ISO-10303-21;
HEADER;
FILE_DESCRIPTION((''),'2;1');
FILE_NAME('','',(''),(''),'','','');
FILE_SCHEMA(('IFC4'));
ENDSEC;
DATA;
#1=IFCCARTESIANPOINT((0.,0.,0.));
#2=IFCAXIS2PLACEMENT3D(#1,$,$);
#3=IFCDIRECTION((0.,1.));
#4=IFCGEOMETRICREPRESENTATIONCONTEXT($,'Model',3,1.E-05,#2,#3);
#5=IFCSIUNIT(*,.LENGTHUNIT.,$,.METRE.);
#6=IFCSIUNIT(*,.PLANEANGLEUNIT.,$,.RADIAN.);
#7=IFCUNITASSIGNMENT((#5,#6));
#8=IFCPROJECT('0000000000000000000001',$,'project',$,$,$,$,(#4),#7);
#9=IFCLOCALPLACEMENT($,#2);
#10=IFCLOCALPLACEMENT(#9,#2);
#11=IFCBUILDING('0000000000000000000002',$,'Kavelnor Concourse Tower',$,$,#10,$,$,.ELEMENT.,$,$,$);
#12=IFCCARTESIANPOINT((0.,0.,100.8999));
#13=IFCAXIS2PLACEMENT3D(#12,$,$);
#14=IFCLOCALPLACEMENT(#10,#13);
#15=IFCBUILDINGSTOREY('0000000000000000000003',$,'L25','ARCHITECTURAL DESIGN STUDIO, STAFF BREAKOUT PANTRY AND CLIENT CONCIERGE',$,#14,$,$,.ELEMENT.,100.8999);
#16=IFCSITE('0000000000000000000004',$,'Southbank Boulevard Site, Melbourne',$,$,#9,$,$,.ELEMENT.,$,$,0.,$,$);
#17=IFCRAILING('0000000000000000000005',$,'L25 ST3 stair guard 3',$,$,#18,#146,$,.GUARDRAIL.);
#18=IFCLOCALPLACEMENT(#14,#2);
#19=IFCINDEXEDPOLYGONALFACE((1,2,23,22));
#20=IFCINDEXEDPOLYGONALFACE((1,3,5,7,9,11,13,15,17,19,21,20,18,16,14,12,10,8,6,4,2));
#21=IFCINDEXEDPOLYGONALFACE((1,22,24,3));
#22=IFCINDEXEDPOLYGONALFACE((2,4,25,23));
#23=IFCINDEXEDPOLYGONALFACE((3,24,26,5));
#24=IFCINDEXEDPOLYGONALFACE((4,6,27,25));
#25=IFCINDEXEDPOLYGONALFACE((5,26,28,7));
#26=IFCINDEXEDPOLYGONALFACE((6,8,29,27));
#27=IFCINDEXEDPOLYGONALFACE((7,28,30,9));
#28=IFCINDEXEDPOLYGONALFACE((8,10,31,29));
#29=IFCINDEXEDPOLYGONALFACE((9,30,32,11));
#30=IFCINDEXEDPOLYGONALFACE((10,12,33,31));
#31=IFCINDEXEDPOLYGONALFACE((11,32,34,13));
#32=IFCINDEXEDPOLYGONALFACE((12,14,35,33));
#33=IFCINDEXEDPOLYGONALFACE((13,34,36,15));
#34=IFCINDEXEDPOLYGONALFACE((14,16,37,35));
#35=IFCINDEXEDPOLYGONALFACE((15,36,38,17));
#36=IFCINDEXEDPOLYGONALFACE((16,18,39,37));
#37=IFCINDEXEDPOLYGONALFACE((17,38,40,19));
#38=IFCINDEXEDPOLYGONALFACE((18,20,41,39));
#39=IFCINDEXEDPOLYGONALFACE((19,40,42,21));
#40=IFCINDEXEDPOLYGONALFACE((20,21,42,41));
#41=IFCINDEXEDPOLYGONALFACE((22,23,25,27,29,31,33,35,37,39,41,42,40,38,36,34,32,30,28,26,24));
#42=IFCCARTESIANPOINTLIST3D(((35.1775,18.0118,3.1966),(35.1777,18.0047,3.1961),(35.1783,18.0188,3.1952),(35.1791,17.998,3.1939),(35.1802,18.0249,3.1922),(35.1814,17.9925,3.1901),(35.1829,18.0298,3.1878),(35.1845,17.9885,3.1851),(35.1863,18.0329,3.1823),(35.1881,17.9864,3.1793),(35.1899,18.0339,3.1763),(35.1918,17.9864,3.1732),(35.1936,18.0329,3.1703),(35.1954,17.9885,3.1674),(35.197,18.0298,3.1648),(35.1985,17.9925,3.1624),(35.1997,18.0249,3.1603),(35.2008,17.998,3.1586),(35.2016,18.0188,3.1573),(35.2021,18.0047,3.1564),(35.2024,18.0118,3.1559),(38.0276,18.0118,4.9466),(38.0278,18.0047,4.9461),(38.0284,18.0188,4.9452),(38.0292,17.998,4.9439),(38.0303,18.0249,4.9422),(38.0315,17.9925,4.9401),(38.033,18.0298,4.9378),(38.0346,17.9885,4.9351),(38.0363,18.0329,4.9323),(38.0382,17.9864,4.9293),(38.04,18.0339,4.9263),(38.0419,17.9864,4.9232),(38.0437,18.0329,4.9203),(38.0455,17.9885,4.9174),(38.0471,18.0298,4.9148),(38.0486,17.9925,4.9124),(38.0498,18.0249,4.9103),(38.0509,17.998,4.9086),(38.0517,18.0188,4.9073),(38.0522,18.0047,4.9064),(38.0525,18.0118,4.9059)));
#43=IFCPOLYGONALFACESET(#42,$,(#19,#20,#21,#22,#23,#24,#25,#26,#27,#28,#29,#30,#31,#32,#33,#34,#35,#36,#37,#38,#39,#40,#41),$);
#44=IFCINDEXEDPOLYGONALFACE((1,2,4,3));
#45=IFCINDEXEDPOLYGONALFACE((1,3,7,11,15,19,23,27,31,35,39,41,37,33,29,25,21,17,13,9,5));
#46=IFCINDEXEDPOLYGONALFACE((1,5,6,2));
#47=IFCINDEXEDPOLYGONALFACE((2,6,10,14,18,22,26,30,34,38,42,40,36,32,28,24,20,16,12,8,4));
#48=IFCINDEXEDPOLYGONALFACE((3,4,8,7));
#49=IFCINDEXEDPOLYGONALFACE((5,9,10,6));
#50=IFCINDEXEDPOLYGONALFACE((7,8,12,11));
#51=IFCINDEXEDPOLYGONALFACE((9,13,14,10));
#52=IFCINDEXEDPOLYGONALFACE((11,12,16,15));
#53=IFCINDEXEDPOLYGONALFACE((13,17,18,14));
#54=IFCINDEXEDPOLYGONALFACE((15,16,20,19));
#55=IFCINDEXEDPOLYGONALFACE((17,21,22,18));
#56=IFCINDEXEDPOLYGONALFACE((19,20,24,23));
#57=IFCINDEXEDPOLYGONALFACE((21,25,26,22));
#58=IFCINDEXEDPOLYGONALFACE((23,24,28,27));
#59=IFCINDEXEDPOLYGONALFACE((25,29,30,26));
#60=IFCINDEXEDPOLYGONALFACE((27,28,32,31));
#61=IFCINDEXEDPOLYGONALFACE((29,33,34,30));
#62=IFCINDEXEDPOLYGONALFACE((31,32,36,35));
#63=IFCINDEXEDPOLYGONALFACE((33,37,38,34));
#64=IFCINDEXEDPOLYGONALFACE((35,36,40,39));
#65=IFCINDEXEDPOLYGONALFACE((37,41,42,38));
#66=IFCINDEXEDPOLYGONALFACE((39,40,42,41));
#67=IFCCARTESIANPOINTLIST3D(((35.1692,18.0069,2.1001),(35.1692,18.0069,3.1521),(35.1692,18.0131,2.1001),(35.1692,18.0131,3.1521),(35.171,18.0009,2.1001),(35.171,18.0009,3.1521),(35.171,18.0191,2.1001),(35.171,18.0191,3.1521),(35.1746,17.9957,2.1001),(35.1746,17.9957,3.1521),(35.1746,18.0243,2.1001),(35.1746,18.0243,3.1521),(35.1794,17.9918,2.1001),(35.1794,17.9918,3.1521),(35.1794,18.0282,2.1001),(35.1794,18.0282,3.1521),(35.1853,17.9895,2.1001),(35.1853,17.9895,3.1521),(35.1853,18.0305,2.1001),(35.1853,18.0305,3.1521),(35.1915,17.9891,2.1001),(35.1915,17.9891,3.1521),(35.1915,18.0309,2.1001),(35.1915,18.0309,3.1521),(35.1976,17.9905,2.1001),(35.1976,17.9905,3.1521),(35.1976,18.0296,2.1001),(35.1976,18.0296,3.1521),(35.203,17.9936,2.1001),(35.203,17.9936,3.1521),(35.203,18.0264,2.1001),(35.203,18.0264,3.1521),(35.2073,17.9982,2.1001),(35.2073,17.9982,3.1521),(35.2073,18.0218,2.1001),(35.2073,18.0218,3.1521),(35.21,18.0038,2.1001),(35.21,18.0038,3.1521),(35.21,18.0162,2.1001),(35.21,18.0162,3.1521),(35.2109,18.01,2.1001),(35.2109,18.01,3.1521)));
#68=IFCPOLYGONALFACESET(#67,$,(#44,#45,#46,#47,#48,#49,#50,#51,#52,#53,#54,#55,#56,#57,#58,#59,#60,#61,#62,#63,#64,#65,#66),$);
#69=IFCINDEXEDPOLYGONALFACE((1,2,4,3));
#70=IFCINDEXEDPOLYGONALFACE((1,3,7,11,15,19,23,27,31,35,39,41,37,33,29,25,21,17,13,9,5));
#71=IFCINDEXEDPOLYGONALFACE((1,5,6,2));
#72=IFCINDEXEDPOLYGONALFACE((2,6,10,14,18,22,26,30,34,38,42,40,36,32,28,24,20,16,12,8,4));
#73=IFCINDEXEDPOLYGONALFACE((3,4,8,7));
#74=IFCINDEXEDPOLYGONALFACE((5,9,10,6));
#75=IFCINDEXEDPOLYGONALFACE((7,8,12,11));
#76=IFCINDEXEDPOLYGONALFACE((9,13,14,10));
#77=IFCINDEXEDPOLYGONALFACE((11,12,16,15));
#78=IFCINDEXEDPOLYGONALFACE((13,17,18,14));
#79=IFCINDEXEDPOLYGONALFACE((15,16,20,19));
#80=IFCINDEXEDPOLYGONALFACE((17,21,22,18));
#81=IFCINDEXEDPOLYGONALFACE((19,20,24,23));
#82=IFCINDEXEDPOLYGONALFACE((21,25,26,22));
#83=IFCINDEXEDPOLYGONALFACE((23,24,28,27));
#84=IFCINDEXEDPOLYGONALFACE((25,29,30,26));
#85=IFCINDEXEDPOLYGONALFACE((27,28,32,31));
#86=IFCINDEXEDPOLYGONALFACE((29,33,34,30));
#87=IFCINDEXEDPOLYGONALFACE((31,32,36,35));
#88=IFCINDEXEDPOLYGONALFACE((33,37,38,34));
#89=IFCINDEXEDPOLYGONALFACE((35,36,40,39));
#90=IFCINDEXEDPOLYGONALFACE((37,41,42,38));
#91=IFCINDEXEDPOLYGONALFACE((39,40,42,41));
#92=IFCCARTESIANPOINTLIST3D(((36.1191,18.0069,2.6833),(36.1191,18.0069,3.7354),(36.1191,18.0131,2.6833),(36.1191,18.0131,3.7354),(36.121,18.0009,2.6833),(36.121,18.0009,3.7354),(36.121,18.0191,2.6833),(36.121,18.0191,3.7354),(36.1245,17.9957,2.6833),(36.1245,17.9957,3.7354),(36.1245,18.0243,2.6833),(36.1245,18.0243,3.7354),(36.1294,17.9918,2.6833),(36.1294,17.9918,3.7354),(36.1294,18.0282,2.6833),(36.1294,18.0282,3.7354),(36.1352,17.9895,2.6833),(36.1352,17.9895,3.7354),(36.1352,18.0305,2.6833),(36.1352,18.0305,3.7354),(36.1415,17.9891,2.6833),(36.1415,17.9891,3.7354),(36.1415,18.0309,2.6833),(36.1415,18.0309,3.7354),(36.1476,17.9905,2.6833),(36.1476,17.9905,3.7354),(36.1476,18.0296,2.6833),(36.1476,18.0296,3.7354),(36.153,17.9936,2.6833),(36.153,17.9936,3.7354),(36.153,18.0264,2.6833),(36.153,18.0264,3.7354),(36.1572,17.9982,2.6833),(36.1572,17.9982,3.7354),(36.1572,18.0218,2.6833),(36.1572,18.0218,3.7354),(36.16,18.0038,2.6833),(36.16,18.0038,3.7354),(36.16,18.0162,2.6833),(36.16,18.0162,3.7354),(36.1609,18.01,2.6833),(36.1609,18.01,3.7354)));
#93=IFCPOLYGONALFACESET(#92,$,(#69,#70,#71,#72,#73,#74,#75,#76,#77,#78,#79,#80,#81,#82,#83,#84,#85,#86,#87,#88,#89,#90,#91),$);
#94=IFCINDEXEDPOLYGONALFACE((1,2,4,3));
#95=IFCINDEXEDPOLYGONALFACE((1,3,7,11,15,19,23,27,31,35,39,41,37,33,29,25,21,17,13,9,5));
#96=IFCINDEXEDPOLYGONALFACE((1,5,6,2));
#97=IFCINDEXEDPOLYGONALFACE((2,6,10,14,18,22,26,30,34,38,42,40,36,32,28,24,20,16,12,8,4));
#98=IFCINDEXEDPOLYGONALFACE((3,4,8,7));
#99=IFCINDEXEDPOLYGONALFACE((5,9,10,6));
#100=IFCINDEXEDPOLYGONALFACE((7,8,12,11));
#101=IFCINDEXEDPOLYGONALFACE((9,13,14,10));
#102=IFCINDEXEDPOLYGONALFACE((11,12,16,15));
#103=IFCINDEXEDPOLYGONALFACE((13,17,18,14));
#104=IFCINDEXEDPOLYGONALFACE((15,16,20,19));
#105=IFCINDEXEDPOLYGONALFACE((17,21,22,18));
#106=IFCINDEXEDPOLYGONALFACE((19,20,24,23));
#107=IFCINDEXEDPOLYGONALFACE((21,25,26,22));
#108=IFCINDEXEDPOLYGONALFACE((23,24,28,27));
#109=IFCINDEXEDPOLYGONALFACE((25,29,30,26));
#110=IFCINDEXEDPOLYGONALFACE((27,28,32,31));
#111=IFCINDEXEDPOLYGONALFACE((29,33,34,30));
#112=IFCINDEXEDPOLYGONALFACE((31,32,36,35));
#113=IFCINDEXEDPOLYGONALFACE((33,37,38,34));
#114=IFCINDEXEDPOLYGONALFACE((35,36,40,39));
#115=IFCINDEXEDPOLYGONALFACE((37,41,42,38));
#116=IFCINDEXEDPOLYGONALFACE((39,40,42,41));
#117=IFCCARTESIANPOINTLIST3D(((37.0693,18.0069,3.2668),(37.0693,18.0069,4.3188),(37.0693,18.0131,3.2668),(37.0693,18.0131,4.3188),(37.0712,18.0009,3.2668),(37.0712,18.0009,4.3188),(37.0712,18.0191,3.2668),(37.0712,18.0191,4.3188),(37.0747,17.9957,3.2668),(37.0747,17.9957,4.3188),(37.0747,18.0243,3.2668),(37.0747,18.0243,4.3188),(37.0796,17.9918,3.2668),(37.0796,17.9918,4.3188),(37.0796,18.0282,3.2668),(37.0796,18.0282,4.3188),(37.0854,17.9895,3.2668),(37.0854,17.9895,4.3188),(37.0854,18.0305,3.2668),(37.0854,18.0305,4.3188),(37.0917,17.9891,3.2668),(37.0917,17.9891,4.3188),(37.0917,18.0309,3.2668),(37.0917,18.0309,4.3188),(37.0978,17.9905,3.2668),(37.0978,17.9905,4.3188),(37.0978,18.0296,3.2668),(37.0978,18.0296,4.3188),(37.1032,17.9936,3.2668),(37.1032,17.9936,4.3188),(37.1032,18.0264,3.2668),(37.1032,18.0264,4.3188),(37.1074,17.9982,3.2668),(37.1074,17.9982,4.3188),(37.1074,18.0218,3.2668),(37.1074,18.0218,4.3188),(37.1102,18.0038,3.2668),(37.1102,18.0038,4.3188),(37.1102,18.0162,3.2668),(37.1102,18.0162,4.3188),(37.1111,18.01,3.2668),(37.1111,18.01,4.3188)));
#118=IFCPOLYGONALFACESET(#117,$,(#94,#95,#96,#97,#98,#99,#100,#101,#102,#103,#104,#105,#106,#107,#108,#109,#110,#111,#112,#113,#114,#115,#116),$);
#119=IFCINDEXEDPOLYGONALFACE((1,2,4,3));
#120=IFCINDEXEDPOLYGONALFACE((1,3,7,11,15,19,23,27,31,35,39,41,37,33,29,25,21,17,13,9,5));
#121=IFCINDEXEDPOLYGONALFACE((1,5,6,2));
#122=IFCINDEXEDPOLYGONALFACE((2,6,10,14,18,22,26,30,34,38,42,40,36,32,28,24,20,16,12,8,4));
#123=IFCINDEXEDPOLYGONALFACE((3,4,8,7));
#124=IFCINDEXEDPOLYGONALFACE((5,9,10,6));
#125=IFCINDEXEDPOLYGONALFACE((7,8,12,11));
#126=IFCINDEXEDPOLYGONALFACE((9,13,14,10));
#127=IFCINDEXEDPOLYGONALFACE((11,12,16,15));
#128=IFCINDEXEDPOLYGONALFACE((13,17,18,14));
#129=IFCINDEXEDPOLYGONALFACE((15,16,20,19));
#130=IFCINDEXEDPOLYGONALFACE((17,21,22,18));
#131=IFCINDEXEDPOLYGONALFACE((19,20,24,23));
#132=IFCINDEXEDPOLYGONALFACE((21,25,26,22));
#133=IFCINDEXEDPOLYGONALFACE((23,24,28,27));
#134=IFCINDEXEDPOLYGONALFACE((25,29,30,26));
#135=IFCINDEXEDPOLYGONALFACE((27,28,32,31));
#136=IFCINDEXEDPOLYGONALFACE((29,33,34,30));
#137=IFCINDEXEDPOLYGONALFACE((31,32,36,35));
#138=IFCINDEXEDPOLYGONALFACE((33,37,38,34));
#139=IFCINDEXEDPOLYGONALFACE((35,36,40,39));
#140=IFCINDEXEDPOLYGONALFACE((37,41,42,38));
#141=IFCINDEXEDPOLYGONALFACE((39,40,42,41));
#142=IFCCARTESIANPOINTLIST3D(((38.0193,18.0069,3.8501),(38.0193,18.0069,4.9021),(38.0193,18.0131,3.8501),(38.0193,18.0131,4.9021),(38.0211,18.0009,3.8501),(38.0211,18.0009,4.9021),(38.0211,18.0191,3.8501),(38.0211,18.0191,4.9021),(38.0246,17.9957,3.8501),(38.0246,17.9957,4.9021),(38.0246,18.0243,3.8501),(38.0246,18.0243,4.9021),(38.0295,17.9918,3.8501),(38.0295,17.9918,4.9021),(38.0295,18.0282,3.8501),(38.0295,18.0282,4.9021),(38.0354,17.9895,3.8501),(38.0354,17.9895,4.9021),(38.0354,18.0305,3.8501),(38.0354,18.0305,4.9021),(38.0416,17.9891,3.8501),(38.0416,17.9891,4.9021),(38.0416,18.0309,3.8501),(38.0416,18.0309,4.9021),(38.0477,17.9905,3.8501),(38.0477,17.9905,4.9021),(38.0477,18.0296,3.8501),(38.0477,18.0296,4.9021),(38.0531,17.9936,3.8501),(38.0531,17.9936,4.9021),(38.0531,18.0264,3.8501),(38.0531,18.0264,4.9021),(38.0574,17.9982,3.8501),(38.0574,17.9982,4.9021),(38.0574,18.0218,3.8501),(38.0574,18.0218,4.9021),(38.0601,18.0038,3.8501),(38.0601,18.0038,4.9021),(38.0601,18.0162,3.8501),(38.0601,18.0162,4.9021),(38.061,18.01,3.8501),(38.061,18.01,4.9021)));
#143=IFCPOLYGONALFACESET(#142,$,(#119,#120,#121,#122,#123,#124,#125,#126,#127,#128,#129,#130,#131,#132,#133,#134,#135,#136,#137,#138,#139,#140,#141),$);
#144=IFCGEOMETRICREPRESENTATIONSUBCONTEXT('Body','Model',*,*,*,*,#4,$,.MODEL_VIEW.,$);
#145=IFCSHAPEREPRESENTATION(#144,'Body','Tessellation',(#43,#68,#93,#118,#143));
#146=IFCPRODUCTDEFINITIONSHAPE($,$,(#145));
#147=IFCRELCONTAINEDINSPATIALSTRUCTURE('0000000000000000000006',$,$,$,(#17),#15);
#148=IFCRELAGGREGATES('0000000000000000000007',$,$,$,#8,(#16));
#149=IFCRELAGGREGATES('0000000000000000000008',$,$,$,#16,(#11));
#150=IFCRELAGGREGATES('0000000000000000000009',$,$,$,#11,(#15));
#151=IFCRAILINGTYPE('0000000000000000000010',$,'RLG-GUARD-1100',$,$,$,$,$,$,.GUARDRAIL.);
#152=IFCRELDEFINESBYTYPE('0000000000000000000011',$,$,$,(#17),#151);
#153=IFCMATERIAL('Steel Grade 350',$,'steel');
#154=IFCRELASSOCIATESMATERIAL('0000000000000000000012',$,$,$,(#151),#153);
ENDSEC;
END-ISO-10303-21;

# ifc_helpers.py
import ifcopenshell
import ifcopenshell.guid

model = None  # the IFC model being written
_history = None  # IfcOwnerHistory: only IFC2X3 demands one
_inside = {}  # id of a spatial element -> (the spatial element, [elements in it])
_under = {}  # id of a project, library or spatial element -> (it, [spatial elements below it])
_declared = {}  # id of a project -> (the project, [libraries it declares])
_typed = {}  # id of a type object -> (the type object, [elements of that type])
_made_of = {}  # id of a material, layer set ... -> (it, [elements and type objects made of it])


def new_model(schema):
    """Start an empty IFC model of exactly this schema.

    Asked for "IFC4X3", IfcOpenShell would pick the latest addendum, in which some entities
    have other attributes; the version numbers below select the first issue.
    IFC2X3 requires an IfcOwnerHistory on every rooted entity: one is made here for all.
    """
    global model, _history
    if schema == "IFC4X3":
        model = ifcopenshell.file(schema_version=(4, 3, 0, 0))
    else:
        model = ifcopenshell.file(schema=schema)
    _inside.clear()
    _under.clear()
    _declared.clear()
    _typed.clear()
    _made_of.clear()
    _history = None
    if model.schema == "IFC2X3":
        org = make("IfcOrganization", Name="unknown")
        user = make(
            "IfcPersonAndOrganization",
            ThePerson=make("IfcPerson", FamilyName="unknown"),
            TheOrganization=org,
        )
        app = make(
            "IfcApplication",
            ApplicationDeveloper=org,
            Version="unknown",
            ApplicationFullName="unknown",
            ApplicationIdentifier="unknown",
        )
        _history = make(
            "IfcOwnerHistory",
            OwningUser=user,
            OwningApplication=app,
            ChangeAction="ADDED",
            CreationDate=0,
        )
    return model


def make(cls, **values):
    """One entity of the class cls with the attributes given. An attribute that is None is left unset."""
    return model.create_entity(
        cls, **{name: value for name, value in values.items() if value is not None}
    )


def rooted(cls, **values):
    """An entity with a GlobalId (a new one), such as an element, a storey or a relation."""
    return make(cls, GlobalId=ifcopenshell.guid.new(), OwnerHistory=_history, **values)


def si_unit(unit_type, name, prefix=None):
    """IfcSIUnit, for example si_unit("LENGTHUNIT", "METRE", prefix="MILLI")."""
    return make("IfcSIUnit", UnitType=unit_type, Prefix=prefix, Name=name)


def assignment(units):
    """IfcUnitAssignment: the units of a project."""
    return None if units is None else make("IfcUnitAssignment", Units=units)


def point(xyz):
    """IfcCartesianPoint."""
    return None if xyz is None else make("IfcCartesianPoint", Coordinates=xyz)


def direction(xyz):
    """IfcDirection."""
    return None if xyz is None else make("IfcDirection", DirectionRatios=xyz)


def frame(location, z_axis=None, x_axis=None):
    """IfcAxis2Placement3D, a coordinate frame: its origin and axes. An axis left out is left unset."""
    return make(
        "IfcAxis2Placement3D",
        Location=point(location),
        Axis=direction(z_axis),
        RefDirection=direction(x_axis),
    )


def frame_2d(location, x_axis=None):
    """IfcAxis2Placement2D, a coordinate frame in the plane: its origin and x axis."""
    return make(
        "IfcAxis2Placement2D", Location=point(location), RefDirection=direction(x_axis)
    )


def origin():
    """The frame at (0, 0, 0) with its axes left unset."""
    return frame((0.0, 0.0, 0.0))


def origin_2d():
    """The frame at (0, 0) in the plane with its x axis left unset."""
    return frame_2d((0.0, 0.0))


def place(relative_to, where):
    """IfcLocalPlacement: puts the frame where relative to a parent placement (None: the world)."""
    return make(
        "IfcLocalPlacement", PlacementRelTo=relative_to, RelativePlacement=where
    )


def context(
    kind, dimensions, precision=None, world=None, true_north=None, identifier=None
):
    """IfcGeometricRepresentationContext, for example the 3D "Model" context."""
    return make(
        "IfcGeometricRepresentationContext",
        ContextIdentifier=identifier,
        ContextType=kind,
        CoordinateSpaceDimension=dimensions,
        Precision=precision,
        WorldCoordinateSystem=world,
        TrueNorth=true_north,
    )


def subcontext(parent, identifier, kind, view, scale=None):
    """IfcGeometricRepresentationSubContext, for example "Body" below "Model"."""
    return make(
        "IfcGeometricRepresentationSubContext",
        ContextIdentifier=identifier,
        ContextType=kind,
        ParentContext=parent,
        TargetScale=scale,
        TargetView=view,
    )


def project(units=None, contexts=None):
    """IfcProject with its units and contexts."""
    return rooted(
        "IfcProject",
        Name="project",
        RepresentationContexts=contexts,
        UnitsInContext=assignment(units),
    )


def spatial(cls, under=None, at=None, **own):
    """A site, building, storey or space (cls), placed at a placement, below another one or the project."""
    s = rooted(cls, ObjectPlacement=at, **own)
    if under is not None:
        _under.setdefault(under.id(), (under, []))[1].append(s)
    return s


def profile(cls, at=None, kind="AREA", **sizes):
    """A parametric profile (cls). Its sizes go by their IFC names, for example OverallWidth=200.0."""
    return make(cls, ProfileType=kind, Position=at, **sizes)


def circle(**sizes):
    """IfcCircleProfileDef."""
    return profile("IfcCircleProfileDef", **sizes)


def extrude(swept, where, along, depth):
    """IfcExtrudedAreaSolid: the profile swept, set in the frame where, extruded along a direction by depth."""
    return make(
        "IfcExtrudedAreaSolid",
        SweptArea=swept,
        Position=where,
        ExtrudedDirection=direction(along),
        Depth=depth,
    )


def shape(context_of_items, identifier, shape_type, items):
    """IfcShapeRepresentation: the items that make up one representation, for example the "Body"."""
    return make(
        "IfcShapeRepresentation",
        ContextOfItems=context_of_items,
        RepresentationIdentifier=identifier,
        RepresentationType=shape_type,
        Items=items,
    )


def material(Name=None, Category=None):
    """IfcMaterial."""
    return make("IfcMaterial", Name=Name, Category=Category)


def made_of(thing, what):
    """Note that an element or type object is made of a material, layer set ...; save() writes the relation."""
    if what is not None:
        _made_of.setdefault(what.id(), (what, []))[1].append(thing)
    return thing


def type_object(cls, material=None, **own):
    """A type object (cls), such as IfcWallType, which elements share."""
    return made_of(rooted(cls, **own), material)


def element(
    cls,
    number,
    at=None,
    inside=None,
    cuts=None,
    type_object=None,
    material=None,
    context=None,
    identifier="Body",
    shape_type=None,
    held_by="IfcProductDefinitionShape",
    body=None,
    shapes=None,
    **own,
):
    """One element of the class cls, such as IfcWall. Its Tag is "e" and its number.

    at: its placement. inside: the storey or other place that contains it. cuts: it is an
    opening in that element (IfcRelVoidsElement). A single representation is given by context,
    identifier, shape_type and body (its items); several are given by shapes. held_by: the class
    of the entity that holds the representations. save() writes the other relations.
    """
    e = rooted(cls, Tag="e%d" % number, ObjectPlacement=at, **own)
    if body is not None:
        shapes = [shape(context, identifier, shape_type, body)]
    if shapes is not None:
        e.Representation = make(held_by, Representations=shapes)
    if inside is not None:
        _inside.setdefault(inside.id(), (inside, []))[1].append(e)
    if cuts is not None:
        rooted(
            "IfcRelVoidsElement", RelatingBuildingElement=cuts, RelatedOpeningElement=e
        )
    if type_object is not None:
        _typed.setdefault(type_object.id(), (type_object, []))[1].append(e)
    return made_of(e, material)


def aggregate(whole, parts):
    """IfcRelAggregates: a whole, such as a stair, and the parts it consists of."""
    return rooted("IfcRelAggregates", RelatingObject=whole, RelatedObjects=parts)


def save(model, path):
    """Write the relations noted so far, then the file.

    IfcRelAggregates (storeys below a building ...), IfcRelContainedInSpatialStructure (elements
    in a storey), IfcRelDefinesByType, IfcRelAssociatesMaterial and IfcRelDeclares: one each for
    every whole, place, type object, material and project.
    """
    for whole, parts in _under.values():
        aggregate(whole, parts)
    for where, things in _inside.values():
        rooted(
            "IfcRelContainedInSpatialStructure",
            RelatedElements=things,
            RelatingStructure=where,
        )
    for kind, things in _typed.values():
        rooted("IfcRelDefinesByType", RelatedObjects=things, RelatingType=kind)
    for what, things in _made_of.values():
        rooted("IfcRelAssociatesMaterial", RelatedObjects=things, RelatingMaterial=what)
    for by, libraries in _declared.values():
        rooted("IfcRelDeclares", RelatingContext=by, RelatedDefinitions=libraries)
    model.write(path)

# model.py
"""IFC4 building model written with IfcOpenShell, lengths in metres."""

from ifc_helpers import new_model, si_unit, direction, frame, origin, origin_2d, place, context, subcontext, project, spatial, circle, extrude, material, type_object, element, save


model = new_model("IFC4")

# Units and contexts
model_context = context("Model", 3, precision=1e-05, world=origin(), true_north=direction((0.0, 1.0)))
body_context = subcontext(model_context, "Body", "Model", "MODEL_VIEW")
ifc_project = project(units=[si_unit("LENGTHUNIT", "METRE"), si_unit("PLANEANGLEUNIT", "RADIAN")], contexts=[model_context])

# Site, building, storey
site_placement = place(None, origin())
site = spatial("IfcSite", under=ifc_project, at=site_placement, Name="Southbank Boulevard Site, Melbourne", CompositionType="ELEMENT", RefElevation=0.0)
building_placement = place(site_placement, origin())
building = spatial("IfcBuilding", under=site, at=building_placement, Name="Kavelnor Concourse Tower", CompositionType="ELEMENT")
storey_placement = place(building_placement, frame((0.0, 0.0, 100.8999)))
storey = spatial("IfcBuildingStorey", under=building, at=storey_placement, Name="L25", Description="ARCHITECTURAL DESIGN STUDIO, STAFF BREAKOUT PANTRY AND CLIENT CONCIERGE", CompositionType="ELEMENT", Elevation=100.8999)

# Shared definitions
ifc_material_1 = material(Name="Steel Grade 350", Category="steel")

# Railing
railing_type_1 = type_object("IfcRailingType", Name="RLG-GUARD-1100", PredefinedType="GUARDRAIL", material=ifc_material_1)
railing_1_placement = place(storey_placement, frame((35.1899, 18.01, 2.1001)))
element("IfcRailing", 1, at=railing_1_placement, inside=storey, type_object=railing_type_1, Name="L25 ST3 stair guard 3", PredefinedType="GUARDRAIL", context=body_context, shape_type="SweptSolid", body=[
    extrude(circle(Radius=0.0239, at=origin_2d()), frame((0.0, 0.0, 1.0762), z_axis=(0.852179, 0.0, 0.52325), x_axis=(0.0, 1.0, 0.0)), (0.0, 0.0, 1.0), 3.3445),
    extrude(circle(Radius=0.021, at=origin_2d()), origin(), (0.0, 0.0, 1.0), 1.052),
    extrude(circle(Radius=0.021, at=origin_2d()), frame((0.95, 0.0, 0.5833)), (0.0, 0.0, 1.0), 1.052),
    extrude(circle(Radius=0.021, at=origin_2d()), frame((1.9001, 0.0, 1.1667)), (0.0, 0.0, 1.0), 1.052),
    extrude(circle(Radius=0.021, at=origin_2d()), frame((2.8501, 0.0, 1.75)), (0.0, 0.0, 1.0), 1.052),
])

save(model, "model.ifc")
